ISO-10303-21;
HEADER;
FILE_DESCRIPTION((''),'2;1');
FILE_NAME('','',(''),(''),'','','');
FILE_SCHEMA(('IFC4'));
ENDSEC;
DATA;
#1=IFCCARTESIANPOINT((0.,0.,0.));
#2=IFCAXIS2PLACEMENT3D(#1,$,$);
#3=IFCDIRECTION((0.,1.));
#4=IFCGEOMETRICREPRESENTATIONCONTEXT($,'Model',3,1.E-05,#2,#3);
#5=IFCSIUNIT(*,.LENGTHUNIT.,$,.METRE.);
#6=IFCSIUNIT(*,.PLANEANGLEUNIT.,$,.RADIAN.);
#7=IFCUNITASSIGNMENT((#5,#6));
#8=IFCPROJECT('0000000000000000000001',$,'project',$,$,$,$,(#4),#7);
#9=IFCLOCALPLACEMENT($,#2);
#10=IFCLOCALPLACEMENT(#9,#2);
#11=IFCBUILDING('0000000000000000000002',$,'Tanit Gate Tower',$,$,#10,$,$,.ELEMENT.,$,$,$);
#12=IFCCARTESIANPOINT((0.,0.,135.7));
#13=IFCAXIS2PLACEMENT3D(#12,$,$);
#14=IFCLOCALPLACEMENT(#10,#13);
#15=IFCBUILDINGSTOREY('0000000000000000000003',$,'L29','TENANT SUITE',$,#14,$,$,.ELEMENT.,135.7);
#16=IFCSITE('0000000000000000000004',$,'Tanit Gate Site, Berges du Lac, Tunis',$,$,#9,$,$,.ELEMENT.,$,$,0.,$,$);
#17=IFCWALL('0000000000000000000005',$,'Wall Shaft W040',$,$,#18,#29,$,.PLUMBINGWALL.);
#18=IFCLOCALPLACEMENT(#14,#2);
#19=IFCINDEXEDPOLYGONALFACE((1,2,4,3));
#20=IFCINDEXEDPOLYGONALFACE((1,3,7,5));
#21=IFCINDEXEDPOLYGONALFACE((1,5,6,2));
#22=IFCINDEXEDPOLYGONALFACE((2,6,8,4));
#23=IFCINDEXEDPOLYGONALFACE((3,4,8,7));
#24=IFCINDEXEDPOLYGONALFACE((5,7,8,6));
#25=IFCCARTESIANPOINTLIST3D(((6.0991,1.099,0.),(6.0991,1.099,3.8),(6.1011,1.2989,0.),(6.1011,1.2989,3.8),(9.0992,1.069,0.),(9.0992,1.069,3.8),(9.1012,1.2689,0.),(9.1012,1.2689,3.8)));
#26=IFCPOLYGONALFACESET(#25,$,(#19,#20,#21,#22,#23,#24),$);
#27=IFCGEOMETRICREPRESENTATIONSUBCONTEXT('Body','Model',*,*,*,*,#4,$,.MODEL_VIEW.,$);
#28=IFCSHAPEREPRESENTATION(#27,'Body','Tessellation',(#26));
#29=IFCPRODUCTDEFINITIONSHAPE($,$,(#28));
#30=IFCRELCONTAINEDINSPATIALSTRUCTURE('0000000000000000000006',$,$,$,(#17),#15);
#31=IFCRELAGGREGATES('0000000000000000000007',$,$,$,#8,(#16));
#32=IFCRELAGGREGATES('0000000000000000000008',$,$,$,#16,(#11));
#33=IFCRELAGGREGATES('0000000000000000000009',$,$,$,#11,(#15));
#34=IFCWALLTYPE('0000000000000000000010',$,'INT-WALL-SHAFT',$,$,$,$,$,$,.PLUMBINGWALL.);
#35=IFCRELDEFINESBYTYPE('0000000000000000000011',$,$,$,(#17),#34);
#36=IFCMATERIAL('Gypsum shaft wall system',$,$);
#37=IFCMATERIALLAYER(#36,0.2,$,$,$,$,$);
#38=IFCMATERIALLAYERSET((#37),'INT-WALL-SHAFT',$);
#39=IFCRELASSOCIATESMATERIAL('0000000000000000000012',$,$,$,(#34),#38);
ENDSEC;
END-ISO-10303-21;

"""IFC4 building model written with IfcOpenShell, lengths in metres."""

from ifc_helpers import new_model, si_unit, direction, frame, frame_2d, origin, place, context, subcontext, project, spatial, rectangle, extrude, material, layer, layer_set, type_object, element, save


model = new_model("IFC4")

# Units and contexts
model_context = context("Model", 3, precision=1e-05, world=origin(), true_north=direction((0.0, 1.0)))
body_context = subcontext(model_context, "Body", "Model", "MODEL_VIEW")
ifc_project = project(units=[si_unit("LENGTHUNIT", "METRE"), si_unit("PLANEANGLEUNIT", "RADIAN")], contexts=[model_context])

# Site, building, storey
site_placement = place(None, origin())
site = spatial("IfcSite", under=ifc_project, at=site_placement, Name="Tanit Gate Site, Berges du Lac, Tunis", CompositionType="ELEMENT", RefElevation=0.0)
building_placement = place(site_placement, origin())
building = spatial("IfcBuilding", under=site, at=building_placement, Name="Tanit Gate Tower", CompositionType="ELEMENT")
storey_placement = place(building_placement, frame((0.0, 0.0, 135.7)))
storey = spatial("IfcBuildingStorey", under=building, at=storey_placement, Name="L29", Description="TENANT SUITE", CompositionType="ELEMENT", Elevation=135.7)

# Shared definitions
ifc_material_1 = material(Name="Gypsum shaft wall system")
ifc_layer_1 = layer(ifc_material_1, 0.2)
ifc_layer_set_1 = layer_set([ifc_layer_1], Name="INT-WALL-SHAFT")
wall_type_1 = type_object("IfcWallType", Name="INT-WALL-SHAFT", PredefinedType="PLUMBINGWALL", material=ifc_layer_set_1)

# Wall
wall_1_placement = place(storey_placement, frame((9.1001, 1.1689, 0.0), z_axis=(0.0, 0.0, 1.0), x_axis=(-0.99995, 0.010009, 0.0)))
element("IfcWall", 1, at=wall_1_placement, inside=storey, type_object=wall_type_1, Name="Wall Shaft W040", PredefinedType="PLUMBINGWALL", context=body_context, shape_type="SweptSolid", body=[
    extrude(rectangle(XDim=3.0002, YDim=0.2, at=frame_2d((1.5, 0.0))), origin(), (0.0, 0.0, 1.0), 3.8),
])

save(model, "model.ifc")
